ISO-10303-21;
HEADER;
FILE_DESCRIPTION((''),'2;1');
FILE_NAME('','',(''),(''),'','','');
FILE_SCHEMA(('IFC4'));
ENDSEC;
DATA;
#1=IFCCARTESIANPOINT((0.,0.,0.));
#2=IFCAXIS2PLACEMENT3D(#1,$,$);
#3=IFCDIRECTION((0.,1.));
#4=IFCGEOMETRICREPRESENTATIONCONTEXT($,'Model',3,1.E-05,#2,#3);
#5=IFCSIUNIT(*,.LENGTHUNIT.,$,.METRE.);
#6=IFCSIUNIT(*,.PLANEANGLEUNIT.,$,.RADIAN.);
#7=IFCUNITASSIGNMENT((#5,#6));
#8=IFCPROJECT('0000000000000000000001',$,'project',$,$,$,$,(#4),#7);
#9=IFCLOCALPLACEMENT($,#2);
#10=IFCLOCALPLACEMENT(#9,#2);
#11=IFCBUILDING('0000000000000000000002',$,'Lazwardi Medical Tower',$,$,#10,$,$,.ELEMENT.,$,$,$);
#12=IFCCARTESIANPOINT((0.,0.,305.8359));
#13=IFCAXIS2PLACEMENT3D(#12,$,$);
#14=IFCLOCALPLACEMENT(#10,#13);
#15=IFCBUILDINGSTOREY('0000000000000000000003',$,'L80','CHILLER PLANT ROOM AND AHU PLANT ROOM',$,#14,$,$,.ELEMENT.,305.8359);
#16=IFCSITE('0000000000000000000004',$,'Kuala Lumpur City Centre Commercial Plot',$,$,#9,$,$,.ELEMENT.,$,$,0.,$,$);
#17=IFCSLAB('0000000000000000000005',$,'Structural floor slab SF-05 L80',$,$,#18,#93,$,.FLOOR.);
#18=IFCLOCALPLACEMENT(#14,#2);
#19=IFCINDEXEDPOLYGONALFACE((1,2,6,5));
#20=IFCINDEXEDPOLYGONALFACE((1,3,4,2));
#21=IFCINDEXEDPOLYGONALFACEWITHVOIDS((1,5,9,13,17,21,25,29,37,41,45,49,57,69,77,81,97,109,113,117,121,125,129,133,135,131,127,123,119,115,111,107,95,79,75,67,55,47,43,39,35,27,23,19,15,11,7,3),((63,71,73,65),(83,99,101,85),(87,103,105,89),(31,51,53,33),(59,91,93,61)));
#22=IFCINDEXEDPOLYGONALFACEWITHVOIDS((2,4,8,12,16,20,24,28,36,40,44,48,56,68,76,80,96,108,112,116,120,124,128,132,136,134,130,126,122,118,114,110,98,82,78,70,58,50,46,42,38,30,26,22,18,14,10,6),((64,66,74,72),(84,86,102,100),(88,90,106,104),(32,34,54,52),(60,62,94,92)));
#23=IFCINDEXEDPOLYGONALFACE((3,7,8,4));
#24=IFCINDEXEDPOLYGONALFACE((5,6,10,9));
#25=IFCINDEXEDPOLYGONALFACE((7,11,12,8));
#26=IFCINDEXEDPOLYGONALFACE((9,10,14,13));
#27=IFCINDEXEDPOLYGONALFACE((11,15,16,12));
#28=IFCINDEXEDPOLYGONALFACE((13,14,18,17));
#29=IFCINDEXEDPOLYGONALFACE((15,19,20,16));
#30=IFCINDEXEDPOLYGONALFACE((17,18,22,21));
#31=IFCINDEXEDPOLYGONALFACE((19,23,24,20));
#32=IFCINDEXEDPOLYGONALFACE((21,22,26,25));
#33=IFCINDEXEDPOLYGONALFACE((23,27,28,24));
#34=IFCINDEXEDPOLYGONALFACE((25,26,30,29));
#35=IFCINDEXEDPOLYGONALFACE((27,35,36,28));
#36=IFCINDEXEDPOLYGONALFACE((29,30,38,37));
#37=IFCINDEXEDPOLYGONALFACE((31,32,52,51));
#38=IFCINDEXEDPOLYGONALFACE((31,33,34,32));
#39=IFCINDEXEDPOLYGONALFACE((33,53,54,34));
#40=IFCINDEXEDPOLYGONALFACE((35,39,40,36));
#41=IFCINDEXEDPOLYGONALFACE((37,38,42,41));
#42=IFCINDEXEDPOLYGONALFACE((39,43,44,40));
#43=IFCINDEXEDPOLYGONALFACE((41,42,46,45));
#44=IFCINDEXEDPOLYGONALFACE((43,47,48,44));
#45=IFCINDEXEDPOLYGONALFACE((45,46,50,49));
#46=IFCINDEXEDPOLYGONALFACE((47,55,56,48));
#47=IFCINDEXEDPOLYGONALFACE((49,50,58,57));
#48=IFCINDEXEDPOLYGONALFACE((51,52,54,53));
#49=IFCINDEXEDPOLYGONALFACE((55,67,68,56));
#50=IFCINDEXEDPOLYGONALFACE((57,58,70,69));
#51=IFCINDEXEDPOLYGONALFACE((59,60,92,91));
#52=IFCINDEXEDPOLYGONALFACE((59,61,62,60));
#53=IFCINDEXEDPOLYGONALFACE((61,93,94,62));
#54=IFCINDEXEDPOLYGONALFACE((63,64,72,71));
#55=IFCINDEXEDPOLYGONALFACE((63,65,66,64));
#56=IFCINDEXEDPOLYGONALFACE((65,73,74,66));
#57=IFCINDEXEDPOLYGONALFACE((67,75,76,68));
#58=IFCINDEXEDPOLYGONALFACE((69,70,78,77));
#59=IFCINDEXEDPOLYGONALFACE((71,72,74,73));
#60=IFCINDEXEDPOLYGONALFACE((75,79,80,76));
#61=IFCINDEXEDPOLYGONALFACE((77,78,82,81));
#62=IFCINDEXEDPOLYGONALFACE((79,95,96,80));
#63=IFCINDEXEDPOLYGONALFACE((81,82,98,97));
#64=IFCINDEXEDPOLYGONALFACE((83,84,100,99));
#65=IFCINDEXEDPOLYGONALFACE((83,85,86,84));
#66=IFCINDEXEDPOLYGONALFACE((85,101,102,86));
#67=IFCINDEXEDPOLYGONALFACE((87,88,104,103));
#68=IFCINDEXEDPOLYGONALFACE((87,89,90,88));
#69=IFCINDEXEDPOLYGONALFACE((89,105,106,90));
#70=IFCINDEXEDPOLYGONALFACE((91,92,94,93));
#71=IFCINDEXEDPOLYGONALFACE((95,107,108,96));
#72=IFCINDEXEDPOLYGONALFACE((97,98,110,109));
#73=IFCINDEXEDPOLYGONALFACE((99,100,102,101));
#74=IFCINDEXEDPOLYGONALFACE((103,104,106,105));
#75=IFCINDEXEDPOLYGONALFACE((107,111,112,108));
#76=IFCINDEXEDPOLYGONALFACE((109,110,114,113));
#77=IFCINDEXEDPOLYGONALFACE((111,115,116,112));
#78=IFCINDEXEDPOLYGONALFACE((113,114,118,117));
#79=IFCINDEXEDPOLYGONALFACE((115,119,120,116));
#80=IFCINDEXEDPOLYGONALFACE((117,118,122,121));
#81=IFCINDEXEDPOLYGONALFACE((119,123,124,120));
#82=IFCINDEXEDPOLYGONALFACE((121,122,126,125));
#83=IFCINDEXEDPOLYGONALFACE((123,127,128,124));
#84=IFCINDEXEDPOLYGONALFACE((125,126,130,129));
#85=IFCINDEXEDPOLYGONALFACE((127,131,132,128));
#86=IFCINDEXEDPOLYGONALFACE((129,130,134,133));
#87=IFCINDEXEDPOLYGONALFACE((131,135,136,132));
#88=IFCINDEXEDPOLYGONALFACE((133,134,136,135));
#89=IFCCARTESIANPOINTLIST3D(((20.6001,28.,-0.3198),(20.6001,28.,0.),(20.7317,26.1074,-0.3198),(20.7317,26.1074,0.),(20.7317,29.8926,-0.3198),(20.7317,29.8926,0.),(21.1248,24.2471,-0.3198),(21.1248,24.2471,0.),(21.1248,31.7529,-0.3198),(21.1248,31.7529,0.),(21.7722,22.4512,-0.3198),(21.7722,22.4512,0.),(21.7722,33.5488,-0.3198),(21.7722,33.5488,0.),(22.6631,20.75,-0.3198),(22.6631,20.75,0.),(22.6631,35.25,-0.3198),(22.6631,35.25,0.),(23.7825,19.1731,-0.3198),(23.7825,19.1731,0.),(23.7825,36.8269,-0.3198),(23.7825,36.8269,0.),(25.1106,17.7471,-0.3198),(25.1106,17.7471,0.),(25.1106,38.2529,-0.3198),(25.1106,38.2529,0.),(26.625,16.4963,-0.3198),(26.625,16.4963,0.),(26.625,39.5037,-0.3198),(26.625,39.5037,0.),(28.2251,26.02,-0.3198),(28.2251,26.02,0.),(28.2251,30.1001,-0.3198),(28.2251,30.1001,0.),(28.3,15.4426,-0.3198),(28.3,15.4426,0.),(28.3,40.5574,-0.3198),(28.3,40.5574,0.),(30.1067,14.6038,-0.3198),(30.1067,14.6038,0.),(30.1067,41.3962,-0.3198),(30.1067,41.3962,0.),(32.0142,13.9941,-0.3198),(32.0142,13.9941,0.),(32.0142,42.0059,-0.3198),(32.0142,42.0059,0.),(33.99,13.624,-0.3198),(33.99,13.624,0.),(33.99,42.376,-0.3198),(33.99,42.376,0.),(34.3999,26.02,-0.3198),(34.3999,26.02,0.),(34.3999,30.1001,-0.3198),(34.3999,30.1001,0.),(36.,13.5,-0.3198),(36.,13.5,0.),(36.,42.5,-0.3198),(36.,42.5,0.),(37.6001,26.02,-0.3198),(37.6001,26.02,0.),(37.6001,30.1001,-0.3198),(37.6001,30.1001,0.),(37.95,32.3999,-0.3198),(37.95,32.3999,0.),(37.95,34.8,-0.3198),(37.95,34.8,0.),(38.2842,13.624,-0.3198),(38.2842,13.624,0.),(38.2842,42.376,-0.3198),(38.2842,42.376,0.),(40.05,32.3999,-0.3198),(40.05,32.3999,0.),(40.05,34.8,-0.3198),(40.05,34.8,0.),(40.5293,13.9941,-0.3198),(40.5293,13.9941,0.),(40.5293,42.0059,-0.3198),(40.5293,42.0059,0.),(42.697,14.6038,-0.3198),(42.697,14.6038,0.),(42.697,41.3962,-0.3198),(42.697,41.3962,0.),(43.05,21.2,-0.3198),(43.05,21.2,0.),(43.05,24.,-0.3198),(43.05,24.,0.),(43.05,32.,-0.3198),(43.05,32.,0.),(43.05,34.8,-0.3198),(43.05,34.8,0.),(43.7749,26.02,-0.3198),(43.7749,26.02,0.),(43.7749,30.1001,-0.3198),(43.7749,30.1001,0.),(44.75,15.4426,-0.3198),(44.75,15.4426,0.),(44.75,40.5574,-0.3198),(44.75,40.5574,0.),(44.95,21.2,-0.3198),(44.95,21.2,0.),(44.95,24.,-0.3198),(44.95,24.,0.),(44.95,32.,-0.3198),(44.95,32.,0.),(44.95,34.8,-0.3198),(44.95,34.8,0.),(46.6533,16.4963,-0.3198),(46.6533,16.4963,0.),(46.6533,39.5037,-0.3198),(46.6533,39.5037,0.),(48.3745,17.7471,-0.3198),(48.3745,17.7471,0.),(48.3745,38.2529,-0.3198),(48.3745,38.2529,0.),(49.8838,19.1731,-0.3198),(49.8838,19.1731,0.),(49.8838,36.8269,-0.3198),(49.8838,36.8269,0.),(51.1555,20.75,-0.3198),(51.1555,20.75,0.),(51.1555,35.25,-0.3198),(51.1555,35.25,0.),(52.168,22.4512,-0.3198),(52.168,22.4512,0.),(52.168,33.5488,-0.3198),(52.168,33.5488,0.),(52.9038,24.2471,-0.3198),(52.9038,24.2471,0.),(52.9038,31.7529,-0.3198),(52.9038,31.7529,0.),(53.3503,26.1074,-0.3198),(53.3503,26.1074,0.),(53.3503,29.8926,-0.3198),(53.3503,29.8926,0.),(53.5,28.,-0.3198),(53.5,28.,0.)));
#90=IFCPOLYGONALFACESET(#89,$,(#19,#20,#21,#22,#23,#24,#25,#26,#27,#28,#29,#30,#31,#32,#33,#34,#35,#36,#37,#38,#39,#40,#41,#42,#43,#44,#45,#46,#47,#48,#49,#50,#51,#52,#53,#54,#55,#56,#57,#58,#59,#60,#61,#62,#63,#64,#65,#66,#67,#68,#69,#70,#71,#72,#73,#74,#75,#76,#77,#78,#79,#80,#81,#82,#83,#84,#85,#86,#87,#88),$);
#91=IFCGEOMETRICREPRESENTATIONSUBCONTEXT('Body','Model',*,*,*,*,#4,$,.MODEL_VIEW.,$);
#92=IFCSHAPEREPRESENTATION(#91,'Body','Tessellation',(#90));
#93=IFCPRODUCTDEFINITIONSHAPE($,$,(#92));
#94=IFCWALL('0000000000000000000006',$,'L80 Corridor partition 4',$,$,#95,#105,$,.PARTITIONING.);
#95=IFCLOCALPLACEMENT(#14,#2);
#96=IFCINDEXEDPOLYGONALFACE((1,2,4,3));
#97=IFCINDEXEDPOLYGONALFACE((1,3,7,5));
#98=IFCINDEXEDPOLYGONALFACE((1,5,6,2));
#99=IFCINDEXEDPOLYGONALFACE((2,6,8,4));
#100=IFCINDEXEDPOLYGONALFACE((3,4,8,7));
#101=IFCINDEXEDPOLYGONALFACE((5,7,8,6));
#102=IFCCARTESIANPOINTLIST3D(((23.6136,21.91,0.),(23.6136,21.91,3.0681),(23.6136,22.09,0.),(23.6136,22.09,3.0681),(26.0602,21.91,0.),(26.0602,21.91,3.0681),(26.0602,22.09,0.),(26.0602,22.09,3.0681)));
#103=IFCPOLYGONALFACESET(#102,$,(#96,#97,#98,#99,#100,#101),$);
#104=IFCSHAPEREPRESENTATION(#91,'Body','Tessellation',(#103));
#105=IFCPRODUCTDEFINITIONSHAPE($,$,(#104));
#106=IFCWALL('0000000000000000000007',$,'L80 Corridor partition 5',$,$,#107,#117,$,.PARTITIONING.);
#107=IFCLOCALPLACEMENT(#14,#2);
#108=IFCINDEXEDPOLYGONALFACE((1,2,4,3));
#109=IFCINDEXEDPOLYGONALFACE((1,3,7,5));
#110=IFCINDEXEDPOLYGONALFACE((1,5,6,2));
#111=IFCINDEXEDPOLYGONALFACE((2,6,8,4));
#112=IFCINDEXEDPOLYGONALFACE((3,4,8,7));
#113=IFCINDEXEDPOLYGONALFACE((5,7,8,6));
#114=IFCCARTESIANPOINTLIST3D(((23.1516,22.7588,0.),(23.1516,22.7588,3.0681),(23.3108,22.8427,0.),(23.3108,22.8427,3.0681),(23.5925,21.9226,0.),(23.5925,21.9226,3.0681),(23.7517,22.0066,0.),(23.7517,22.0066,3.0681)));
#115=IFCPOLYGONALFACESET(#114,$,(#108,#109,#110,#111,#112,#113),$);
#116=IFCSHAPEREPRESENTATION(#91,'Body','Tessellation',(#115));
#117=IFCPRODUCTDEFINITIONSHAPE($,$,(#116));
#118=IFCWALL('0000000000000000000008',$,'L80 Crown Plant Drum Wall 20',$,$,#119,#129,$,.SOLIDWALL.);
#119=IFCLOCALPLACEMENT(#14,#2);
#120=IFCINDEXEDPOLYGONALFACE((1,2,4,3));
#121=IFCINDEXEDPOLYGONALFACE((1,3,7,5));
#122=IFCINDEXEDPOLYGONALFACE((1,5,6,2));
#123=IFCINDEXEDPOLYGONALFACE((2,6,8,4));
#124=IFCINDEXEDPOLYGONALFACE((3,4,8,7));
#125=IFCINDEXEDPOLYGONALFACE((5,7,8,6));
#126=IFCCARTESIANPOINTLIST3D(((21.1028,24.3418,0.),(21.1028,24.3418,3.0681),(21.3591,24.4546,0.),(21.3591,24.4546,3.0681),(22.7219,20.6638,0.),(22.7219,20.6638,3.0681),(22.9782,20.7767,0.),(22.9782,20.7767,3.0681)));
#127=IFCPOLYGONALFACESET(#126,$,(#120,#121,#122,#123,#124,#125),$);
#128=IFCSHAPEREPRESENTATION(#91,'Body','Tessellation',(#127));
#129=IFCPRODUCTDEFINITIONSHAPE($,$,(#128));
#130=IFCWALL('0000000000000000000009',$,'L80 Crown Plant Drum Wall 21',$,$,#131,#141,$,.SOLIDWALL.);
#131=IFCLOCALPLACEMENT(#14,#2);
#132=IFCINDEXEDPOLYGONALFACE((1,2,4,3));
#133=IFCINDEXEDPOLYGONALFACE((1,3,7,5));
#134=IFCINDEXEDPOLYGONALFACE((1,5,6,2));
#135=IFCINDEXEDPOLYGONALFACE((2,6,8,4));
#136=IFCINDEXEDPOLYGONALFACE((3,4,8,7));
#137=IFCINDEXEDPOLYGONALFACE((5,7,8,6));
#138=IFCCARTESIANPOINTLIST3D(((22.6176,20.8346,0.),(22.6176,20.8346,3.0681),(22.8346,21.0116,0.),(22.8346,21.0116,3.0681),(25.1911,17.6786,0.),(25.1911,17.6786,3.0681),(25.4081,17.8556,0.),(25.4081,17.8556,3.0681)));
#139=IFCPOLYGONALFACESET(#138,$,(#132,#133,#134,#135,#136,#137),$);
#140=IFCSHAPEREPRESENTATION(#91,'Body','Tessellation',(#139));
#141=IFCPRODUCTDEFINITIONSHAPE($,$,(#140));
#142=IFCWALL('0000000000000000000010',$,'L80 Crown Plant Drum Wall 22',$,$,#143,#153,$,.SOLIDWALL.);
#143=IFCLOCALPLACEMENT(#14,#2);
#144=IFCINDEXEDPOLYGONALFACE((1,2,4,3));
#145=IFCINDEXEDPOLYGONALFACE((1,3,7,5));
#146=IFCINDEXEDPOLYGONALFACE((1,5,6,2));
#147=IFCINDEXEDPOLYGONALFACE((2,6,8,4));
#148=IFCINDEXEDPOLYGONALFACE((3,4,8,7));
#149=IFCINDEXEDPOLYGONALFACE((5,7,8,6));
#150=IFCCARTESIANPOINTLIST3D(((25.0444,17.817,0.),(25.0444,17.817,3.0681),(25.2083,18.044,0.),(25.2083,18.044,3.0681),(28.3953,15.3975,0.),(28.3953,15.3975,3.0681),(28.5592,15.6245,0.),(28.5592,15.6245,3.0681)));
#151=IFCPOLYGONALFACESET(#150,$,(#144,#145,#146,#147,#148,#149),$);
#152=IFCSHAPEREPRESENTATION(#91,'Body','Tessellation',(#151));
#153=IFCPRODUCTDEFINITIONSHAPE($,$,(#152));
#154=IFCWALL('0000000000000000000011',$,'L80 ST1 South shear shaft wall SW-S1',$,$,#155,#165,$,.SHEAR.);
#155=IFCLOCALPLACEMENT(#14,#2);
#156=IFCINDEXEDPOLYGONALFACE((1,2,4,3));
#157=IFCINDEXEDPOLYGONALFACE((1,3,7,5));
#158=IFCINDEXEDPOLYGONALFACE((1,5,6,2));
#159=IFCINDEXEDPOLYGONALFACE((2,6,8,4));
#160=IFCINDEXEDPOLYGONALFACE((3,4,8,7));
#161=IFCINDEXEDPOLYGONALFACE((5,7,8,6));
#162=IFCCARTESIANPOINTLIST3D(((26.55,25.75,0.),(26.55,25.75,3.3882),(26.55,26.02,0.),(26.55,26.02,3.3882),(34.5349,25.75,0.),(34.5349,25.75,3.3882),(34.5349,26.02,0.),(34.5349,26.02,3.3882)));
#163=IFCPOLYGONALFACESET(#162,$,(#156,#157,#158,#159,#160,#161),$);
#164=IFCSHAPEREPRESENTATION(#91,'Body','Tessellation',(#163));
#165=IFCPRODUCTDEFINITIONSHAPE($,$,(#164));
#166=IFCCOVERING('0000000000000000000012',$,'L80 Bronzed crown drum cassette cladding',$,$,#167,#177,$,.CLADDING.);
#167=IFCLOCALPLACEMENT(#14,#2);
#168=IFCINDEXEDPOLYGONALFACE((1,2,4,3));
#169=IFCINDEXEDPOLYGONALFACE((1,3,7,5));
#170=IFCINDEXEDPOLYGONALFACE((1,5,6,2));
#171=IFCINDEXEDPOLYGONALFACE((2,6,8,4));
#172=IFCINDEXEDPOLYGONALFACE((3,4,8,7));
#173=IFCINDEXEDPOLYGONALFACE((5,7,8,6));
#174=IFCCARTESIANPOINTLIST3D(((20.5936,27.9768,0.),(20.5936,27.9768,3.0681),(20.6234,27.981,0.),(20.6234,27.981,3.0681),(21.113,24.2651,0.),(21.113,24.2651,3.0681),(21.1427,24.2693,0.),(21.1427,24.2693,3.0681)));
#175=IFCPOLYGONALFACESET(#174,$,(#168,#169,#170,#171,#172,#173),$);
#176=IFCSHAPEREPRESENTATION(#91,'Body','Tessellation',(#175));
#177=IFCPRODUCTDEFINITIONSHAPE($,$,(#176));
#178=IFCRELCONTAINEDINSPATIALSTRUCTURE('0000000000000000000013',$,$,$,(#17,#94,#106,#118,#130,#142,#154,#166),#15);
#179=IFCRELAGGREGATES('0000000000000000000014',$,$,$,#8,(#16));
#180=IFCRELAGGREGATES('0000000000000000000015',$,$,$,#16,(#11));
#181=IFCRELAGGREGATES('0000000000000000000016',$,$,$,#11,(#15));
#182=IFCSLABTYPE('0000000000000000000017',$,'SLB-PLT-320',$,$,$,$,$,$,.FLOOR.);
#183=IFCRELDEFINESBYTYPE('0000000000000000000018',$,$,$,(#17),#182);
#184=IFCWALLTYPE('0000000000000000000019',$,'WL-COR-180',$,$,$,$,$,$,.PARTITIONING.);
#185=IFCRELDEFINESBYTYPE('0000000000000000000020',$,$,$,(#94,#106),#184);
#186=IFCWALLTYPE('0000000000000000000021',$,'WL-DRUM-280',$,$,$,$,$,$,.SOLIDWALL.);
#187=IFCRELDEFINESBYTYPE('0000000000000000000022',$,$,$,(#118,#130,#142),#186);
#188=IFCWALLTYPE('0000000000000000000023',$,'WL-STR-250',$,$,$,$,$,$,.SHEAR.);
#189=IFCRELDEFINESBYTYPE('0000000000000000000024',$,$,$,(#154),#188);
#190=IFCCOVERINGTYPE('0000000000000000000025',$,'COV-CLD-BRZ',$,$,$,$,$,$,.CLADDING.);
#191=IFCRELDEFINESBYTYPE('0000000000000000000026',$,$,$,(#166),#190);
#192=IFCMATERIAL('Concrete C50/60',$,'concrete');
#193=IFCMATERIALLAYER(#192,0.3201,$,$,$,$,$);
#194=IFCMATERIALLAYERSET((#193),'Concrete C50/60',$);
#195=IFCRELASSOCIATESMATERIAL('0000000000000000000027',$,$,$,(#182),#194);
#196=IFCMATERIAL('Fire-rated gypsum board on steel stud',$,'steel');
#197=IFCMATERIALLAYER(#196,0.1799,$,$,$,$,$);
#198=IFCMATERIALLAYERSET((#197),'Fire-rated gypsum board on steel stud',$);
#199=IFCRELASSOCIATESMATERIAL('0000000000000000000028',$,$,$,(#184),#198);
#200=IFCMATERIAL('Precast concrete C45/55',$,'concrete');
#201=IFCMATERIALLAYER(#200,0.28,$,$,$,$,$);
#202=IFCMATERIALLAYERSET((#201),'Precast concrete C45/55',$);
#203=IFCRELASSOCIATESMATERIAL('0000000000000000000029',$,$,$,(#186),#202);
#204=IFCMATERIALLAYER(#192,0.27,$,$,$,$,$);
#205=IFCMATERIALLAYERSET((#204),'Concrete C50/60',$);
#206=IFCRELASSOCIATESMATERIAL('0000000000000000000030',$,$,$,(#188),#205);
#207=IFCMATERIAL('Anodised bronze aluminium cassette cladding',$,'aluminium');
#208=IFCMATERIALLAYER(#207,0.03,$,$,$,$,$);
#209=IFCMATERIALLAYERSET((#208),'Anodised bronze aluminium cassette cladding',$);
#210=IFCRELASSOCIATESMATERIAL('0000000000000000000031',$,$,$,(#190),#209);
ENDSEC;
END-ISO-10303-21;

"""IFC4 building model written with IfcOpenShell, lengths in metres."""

from ifc_helpers import new_model, si_unit, direction, frame, frame_2d, origin, origin_2d, place, context, subcontext, project, spatial, polyline, rectangle, outline, extrude, material, layer, layer_set, type_object, element, save


model = new_model("IFC4")

# Units and contexts
model_context = context("Model", 3, precision=1e-05, world=origin(), true_north=direction((0.0, 1.0)))
body_context = subcontext(model_context, "Body", "Model", "MODEL_VIEW")
ifc_project = project(units=[si_unit("LENGTHUNIT", "METRE"), si_unit("PLANEANGLEUNIT", "RADIAN")], contexts=[model_context])

# Site, building, storey
site_placement = place(None, origin())
site = spatial("IfcSite", under=ifc_project, at=site_placement, Name="Kuala Lumpur City Centre Commercial Plot", CompositionType="ELEMENT", RefElevation=0.0)
building_placement = place(site_placement, origin())
building = spatial("IfcBuilding", under=site, at=building_placement, Name="Lazwardi Medical Tower", CompositionType="ELEMENT")
storey_placement = place(building_placement, frame((0.0, 0.0, 305.8359)))
storey = spatial("IfcBuildingStorey", under=building, at=storey_placement, Name="L80", Description="CHILLER PLANT ROOM AND AHU PLANT ROOM", CompositionType="ELEMENT", Elevation=305.8359)

# Slab
ifc_material_1 = material(Name="Concrete C50/60", Category="concrete")
ifc_layer_1 = layer(ifc_material_1, 0.3201)
ifc_layer_set_1 = layer_set([ifc_layer_1], Name="Concrete C50/60")
slab_type_1 = type_object("IfcSlabType", Name="SLB-PLT-320", PredefinedType="FLOOR", material=ifc_layer_set_1)
slab_1_placement = place(storey_placement, frame((0.0, 0.0, -0.3198)))
element("IfcSlab", 1, at=slab_1_placement, inside=storey, type_object=slab_type_1, Name="Structural floor slab SF-05 L80", PredefinedType="FLOOR", context=body_context, shape_type="SweptSolid", body=[
    extrude(outline(polyline([(28.3, 15.4426), (30.1067, 14.6038), (32.0142, 13.9941), (33.99, 13.624), (36.0, 13.5), (38.2842, 13.624), (40.5293, 13.9941), (42.697, 14.6038), (44.75, 15.4426), (46.6533, 16.4963), (48.3745, 17.7471), (49.8838, 19.1731), (51.1555, 20.75), (52.168, 22.4512), (52.9038, 24.2471), (53.3503, 26.1074), (53.5, 28.0), (53.3503, 29.8926), (52.9038, 31.7529), (52.168, 33.5488), (51.1555, 35.25), (49.8838, 36.8269), (48.3745, 38.2529), (46.6533, 39.5037), (44.75, 40.5574), (42.697, 41.3962), (40.5293, 42.0059), (38.2842, 42.376), (36.0, 42.5), (33.99, 42.376), (32.0142, 42.0059), (30.1067, 41.3962), (28.3, 40.5574), (26.625, 39.5037), (25.1106, 38.2529), (23.7825, 36.8269), (22.6631, 35.25), (21.7722, 33.5488), (21.1248, 31.7529), (20.7317, 29.8926), (20.6001, 28.0), (20.7317, 26.1074), (21.1248, 24.2471), (21.7722, 22.4512), (22.6631, 20.75), (23.7825, 19.1731), (25.1106, 17.7471), (26.625, 16.4963), (28.3, 15.4426)]), holes=[polyline([(28.2251, 26.02), (28.2251, 30.1001), (34.3999, 30.1001), (34.3999, 26.02), (28.2251, 26.02)]), polyline([(37.6001, 30.1001), (43.7749, 30.1001), (43.7749, 26.02), (37.6001, 26.02), (37.6001, 30.1001)]), polyline([(40.05, 34.8), (40.05, 32.3999), (37.95, 32.3999), (37.95, 34.8), (40.05, 34.8)]), polyline([(44.95, 32.0), (43.05, 32.0), (43.05, 34.8), (44.95, 34.8), (44.95, 32.0)]), polyline([(43.05, 21.2), (43.05, 24.0), (44.95, 24.0), (44.95, 21.2), (43.05, 21.2)])]), origin(), (0.0, 0.0, 1.0), 0.3198),
])

# Walls
ifc_material_2 = material(Name="Fire-rated gypsum board on steel stud", Category="steel")
ifc_layer_2 = layer(ifc_material_2, 0.1799)
ifc_layer_set_2 = layer_set([ifc_layer_2], Name="Fire-rated gypsum board on steel stud")
wall_type_1 = type_object("IfcWallType", Name="WL-COR-180", PredefinedType="PARTITIONING", material=ifc_layer_set_2)
wall_1_placement = place(storey_placement, frame((26.0601, 22.0, 0.0), z_axis=(0.0, 0.0, 1.0), x_axis=(-1.0, 0.0, 0.0)))
element("IfcWall", 2, at=wall_1_placement, inside=storey, type_object=wall_type_1, Name="L80 Corridor partition 4", PredefinedType="PARTITIONING", context=body_context, shape_type="SweptSolid", body=[
    extrude(rectangle(XDim=2.4465, YDim=0.1799, at=frame_2d((1.2231, 0.0))), origin(), (0.0, 0.0, 1.0), 3.0681),
])
wall_2_placement = place(storey_placement, frame((23.6721, 21.9646, 0.0), z_axis=(0.0, 0.0, 1.0), x_axis=(-0.466428, 0.884559, 0.0)))
element("IfcWall", 3, at=wall_2_placement, inside=storey, type_object=wall_type_1, Name="L80 Corridor partition 5", PredefinedType="PARTITIONING", context=body_context, shape_type="SweptSolid", body=[
    extrude(rectangle(XDim=0.9453, YDim=0.1799, at=frame_2d((0.4727, 0.0))), origin(), (0.0, 0.0, 1.0), 3.0681),
])

# Walls
ifc_material_3 = material(Name="Precast concrete C45/55", Category="concrete")
ifc_layer_3 = layer(ifc_material_3, 0.28)
ifc_layer_set_3 = layer_set([ifc_layer_3], Name="Precast concrete C45/55")
wall_type_2 = type_object("IfcWallType", Name="WL-DRUM-280", PredefinedType="SOLIDWALL", material=ifc_layer_set_3)
wall_3_placement = place(storey_placement, frame((21.231, 24.3982, 0.0), z_axis=(0.0, 0.0, 1.0), x_axis=(0.402912, -0.915239, 0.0)))
element("IfcWall", 4, at=wall_3_placement, inside=storey, type_object=wall_type_2, Name="L80 Crown Plant Drum Wall 20", PredefinedType="SOLIDWALL", context=body_context, shape_type="SweptSolid", body=[
    extrude(rectangle(XDim=4.0186, YDim=0.28, at=frame_2d((2.0093, 0.0))), origin(), (0.0, 0.0, 1.0), 3.0681),
])
wall_4_placement = place(storey_placement, frame((22.7261, 20.9231, 0.0), z_axis=(0.0, 0.0, 1.0), x_axis=(0.631957, -0.775003, 0.0)))
element("IfcWall", 5, at=wall_4_placement, inside=storey, type_object=wall_type_2, Name="L80 Crown Plant Drum Wall 21", PredefinedType="SOLIDWALL", context=body_context, shape_type="SweptSolid", body=[
    extrude(rectangle(XDim=4.0723, YDim=0.28, at=frame_2d((2.0361, 0.0))), origin(), (0.0, 0.0, 1.0), 3.0681),
])
wall_5_placement = place(storey_placement, frame((25.1265, 17.9304, 0.0), z_axis=(0.0, 0.0, 1.0), x_axis=(0.810749, -0.585393, 0.0)))
element("IfcWall", 6, at=wall_5_placement, inside=storey, type_object=wall_type_2, Name="L80 Crown Plant Drum Wall 22", PredefinedType="SOLIDWALL", context=body_context, shape_type="SweptSolid", body=[
    extrude(rectangle(XDim=4.1331, YDim=0.28, at=frame_2d((2.0664, 0.0))), origin(), (0.0, 0.0, 1.0), 3.0681),
])
ifc_layer_4 = layer(ifc_material_1, 0.27)
ifc_layer_set_4 = layer_set([ifc_layer_4], Name="Concrete C50/60")
wall_type_3 = type_object("IfcWallType", Name="WL-STR-250", PredefinedType="SHEAR", material=ifc_layer_set_4)
wall_6_placement = place(storey_placement, frame((26.55, 25.885, 0.0), z_axis=(0.0, 0.0, 1.0), x_axis=(1.0, 0.0, 0.0)))
element("IfcWall", 7, at=wall_6_placement, inside=storey, type_object=wall_type_3, Name="L80 ST1 South shear shaft wall SW-S1", PredefinedType="SHEAR", context=body_context, shape_type="SweptSolid", body=[
    extrude(rectangle(XDim=7.9849, YDim=0.27, at=frame_2d((3.9924, 0.0))), origin(), (0.0, 0.0, 1.0), 3.3882),
])

# Covering
ifc_material_4 = material(Name="Anodised bronze aluminium cassette cladding", Category="aluminium")
ifc_layer_5 = layer(ifc_material_4, 0.03)
ifc_layer_set_5 = layer_set([ifc_layer_5], Name="Anodised bronze aluminium cassette cladding")
covering_type = type_object("IfcCoveringType", Name="COV-CLD-BRZ", PredefinedType="CLADDING", material=ifc_layer_set_5)
covering_1_placement = place(storey_placement, frame((20.8682, 26.123, 0.0), z_axis=(0.0, 0.0, 1.0), x_axis=(0.138566, -0.990353, 0.0)))
element("IfcCovering", 8, at=covering_1_placement, inside=storey, type_object=covering_type, Name="L80 Bronzed crown drum cassette cladding", PredefinedType="CLADDING", context=body_context, shape_type="SweptSolid", body=[
    extrude(rectangle(XDim=3.7478, YDim=0.03, at=origin_2d()), origin(), (0.0, 0.0, 1.0), 3.0681),
])

save(model, "model.ifc")
